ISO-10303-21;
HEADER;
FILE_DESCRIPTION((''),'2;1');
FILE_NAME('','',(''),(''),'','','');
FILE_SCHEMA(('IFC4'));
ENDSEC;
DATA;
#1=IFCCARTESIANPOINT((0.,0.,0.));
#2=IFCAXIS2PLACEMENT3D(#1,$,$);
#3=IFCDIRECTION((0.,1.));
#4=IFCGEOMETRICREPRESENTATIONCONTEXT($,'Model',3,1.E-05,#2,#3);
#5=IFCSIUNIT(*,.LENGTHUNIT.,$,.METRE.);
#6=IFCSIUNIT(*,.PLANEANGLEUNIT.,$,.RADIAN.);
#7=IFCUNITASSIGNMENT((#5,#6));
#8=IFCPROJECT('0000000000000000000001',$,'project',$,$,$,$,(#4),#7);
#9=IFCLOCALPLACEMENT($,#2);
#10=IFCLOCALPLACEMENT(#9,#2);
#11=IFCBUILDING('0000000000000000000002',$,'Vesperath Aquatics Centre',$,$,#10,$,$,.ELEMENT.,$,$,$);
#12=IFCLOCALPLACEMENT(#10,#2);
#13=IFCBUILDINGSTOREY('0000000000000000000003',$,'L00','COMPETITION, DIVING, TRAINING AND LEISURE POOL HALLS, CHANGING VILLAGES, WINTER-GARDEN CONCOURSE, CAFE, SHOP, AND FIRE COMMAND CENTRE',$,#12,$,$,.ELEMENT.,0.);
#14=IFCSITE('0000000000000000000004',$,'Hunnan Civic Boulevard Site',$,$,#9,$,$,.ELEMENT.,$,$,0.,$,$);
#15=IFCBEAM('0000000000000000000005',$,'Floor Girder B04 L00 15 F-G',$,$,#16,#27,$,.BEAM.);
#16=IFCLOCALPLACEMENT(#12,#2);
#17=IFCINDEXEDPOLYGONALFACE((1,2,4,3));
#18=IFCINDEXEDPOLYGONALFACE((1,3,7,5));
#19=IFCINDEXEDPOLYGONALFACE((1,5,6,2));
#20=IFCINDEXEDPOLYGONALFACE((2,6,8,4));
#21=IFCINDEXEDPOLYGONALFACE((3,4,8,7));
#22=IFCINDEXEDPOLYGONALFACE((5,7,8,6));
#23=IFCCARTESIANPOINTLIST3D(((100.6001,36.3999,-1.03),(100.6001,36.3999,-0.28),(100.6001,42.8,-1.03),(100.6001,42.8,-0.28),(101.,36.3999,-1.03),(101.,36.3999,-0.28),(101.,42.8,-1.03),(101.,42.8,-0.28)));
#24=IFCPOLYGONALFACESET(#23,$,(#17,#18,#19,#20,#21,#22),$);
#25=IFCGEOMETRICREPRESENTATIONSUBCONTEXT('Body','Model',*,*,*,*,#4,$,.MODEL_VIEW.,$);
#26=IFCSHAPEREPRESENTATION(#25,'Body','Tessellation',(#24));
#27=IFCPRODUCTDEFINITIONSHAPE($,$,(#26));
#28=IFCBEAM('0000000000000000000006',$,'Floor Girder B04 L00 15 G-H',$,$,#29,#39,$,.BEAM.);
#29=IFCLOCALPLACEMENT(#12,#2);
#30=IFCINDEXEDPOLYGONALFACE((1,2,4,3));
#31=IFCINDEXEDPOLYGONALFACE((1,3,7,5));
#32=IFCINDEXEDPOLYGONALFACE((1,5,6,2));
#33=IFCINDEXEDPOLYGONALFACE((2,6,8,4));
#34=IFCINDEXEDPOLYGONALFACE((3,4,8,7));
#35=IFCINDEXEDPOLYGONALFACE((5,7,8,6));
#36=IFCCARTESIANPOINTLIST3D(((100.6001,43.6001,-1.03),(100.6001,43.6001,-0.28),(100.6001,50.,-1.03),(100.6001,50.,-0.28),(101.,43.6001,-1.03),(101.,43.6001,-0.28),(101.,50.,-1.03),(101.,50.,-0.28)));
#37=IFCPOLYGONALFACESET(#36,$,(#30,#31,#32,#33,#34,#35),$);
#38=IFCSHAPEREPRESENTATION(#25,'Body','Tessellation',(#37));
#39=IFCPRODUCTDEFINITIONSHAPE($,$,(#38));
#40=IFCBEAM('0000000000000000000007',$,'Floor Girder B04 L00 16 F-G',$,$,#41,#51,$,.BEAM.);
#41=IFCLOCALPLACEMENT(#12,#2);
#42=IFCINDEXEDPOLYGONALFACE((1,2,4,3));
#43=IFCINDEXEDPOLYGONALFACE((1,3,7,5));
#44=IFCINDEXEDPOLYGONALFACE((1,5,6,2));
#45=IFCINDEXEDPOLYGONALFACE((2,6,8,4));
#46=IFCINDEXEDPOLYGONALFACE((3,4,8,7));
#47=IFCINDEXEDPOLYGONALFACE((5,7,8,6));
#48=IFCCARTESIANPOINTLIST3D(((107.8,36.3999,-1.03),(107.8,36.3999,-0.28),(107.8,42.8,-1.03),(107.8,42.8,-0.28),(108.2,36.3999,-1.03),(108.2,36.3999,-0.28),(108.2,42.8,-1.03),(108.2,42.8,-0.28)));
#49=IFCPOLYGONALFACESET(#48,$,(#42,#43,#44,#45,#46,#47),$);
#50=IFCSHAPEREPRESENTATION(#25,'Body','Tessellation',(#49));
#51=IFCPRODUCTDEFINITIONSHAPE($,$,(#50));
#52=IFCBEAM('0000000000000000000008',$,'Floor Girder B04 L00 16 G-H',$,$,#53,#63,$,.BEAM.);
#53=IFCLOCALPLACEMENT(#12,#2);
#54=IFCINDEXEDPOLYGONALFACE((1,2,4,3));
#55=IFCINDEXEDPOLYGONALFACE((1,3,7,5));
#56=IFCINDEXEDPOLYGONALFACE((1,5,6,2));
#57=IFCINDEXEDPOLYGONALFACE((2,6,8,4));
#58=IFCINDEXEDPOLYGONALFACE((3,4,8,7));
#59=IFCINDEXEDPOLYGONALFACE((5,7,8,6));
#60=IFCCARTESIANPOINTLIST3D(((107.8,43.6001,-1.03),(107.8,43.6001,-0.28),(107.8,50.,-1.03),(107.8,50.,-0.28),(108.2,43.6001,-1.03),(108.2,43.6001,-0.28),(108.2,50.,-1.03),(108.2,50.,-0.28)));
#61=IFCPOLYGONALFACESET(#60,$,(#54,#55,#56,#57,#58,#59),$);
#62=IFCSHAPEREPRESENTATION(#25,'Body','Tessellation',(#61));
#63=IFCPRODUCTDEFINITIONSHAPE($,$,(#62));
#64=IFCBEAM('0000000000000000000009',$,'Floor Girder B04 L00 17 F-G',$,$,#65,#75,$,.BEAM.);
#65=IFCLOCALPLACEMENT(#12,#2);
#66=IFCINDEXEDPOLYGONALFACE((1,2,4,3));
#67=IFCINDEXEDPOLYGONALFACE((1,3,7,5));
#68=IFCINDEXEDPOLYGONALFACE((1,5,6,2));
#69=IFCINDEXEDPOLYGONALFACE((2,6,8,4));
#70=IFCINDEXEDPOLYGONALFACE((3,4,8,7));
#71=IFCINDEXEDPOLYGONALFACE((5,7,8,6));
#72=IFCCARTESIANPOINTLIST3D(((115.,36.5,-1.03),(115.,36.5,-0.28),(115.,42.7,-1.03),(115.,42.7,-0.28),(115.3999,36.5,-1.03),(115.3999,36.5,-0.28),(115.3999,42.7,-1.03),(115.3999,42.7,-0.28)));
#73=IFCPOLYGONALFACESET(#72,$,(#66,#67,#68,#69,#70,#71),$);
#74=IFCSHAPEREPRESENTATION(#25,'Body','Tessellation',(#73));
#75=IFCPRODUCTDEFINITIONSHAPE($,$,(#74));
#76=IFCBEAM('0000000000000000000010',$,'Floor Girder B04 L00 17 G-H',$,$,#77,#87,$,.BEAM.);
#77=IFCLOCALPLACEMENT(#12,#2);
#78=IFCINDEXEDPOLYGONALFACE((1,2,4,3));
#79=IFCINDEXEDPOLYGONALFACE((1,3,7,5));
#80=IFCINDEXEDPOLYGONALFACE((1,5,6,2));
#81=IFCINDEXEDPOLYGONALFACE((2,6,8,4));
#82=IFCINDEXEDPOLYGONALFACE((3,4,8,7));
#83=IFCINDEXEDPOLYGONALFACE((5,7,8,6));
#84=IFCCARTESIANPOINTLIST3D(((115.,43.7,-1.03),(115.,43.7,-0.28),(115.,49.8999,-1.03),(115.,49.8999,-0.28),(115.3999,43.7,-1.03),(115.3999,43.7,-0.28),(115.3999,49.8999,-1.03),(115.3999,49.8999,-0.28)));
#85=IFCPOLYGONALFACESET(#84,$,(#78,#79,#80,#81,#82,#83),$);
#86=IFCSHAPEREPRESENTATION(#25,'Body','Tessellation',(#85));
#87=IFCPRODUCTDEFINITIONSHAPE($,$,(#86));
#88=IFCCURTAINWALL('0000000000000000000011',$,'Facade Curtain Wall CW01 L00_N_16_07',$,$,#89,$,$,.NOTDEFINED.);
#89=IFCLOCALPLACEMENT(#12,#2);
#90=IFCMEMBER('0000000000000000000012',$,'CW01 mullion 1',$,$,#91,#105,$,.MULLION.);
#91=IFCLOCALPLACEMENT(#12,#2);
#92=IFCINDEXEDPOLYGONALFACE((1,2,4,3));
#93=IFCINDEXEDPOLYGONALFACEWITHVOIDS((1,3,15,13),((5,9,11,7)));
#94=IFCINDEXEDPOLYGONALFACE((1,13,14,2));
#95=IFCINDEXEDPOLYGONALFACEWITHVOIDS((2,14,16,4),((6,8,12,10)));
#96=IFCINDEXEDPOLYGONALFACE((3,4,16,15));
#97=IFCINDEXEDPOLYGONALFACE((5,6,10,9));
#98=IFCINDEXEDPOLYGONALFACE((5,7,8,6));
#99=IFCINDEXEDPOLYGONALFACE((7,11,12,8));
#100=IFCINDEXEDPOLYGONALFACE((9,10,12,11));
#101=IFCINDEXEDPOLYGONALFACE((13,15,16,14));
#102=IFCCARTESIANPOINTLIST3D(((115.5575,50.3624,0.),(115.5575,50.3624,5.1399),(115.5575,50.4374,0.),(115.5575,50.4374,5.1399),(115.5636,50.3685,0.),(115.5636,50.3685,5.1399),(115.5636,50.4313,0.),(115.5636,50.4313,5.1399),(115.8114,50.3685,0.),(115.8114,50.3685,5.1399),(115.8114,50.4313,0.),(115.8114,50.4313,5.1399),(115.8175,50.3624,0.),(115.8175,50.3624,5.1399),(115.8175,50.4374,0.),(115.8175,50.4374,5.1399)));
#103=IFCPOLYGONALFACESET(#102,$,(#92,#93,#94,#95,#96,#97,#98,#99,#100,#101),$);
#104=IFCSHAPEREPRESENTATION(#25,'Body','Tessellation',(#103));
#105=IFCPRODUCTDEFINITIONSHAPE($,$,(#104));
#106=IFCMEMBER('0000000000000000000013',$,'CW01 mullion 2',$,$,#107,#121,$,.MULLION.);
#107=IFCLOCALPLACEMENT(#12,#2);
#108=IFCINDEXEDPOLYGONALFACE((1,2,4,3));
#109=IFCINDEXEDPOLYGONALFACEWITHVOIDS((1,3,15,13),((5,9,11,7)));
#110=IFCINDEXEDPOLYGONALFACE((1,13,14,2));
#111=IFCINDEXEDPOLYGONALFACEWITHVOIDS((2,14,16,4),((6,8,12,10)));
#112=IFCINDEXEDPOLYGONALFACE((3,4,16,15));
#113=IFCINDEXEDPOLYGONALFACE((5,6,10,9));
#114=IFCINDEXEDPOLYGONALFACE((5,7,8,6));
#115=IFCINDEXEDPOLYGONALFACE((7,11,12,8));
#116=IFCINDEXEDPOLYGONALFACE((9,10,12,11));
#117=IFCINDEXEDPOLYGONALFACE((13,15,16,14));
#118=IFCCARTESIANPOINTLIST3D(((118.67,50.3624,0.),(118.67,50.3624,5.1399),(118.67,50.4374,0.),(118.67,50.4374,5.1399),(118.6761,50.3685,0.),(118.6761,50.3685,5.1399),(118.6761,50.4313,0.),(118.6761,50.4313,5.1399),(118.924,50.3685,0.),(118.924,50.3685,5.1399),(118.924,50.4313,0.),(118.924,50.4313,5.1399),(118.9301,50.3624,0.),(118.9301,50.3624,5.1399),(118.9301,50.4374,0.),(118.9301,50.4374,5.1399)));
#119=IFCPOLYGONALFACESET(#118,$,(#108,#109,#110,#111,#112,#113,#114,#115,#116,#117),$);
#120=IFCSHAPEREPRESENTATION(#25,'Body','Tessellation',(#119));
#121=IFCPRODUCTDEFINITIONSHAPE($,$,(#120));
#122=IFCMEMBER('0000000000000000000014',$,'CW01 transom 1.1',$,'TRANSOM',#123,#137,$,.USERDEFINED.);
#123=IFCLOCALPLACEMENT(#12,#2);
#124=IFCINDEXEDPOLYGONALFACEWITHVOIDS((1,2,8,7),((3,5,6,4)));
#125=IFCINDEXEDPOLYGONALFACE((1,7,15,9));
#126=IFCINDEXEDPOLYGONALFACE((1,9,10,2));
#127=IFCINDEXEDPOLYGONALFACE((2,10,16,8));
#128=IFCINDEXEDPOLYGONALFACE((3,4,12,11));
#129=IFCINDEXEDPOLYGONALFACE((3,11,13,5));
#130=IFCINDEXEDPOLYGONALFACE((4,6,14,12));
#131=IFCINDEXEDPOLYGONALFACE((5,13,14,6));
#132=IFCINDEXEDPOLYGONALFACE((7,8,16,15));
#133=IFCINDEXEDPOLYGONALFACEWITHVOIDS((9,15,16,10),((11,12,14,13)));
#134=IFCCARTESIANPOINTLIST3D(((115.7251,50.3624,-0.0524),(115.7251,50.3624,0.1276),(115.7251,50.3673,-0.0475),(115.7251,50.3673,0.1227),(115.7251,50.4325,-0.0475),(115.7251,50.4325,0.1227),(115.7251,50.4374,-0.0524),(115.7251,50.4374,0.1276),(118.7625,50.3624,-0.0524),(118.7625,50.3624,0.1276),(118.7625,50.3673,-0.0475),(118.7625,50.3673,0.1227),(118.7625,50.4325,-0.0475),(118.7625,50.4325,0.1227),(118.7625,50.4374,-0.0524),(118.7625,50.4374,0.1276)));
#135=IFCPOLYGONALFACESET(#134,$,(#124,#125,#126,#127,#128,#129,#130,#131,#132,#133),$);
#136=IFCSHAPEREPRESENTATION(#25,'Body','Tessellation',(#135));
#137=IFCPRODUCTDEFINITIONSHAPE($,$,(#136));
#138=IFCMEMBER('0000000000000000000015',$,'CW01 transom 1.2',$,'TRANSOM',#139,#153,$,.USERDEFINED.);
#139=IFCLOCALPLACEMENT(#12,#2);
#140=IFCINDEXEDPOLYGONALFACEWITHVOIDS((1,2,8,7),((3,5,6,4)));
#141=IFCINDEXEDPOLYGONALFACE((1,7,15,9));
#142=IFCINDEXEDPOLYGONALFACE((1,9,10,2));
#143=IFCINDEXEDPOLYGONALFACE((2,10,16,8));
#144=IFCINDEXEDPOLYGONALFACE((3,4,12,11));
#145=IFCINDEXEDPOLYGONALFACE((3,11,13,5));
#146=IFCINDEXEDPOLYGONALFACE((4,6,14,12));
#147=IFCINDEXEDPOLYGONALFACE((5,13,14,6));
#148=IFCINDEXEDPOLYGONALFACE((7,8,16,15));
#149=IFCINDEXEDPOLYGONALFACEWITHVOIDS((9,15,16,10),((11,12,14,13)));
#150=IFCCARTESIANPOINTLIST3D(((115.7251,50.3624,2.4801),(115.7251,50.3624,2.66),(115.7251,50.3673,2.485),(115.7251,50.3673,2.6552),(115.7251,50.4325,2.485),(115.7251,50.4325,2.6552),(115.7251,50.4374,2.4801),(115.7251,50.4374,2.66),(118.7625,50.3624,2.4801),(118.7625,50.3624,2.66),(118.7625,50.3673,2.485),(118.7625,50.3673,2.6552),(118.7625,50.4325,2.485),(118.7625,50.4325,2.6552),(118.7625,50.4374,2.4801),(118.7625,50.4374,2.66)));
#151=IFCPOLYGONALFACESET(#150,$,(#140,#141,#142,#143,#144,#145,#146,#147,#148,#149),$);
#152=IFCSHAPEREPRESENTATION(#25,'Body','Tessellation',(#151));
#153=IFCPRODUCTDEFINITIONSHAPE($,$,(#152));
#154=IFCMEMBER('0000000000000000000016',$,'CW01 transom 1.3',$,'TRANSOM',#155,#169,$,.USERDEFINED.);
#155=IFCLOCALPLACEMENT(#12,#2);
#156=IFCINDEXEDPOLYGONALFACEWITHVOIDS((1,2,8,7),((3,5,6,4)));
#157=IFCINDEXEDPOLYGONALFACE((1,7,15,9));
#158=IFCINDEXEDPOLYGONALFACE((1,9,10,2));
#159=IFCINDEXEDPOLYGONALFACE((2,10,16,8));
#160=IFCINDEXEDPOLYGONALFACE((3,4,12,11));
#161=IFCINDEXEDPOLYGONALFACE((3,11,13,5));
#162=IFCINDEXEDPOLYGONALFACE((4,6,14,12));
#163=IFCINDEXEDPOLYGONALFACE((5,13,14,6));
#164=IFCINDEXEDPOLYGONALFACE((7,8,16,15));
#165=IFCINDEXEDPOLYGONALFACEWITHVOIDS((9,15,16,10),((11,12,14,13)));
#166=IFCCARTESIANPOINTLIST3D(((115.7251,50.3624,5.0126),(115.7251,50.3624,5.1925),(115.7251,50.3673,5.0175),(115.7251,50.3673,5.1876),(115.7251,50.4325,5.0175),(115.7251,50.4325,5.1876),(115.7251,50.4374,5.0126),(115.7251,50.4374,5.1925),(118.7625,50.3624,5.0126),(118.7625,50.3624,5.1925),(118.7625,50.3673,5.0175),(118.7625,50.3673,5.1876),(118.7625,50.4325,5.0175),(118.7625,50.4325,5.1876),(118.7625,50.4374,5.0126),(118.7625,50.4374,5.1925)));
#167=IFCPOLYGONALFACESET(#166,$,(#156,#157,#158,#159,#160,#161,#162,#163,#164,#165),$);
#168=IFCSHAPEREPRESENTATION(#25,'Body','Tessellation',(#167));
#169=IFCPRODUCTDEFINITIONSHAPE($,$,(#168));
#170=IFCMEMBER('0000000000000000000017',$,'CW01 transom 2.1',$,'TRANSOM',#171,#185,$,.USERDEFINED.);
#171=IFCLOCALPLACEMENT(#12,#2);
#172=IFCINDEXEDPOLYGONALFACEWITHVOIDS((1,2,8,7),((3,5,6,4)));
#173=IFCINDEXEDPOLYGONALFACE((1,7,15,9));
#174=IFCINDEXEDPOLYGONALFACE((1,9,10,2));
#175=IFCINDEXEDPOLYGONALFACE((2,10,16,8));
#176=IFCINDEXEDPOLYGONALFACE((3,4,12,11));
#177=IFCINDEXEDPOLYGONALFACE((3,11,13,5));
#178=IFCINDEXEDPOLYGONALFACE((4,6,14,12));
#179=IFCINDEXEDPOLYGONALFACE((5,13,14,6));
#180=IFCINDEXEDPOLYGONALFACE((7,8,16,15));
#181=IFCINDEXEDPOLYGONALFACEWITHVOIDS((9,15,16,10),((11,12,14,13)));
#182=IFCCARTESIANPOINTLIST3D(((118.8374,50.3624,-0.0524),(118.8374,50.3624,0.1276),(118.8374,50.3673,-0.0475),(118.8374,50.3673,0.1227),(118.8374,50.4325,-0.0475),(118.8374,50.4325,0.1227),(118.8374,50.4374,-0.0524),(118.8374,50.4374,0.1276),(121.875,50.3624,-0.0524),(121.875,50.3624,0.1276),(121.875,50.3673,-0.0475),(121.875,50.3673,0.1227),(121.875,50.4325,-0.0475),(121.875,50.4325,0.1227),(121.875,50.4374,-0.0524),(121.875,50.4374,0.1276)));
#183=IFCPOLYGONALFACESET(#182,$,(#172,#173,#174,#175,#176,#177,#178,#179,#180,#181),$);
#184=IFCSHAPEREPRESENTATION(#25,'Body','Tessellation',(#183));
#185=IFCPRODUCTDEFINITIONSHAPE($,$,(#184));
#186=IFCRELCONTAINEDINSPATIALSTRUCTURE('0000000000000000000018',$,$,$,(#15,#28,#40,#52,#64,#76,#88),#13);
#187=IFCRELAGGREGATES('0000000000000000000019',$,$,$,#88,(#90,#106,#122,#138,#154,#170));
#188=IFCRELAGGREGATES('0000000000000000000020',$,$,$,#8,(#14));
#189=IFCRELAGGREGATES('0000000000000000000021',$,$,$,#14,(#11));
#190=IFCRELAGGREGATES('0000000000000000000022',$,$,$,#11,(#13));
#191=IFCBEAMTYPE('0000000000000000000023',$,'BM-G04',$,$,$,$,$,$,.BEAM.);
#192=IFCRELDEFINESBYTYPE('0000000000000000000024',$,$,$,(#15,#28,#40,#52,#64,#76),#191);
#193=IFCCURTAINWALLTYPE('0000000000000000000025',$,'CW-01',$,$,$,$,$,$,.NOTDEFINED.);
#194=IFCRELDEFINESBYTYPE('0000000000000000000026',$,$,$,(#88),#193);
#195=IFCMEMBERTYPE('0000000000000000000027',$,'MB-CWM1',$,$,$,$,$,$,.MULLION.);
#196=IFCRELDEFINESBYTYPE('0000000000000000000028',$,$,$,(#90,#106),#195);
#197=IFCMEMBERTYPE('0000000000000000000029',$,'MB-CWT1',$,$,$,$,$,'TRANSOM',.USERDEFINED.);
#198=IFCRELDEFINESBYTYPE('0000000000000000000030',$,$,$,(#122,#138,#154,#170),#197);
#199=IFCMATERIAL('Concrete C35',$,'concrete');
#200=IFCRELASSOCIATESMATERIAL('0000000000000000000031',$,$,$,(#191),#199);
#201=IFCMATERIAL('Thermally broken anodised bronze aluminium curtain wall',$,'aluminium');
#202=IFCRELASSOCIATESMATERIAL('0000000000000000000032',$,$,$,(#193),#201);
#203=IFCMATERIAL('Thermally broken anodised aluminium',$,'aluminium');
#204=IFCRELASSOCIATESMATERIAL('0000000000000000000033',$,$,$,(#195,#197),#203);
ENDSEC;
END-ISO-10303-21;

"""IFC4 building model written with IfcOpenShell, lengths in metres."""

from ifc_helpers import new_model, si_unit, direction, frame, origin, origin_2d, place, context, subcontext, project, spatial, rectangle, hollow_rectangle, extrude, material, material_profile, profile_set, type_object, element, aggregate, save


model = new_model("IFC4")

# Units and contexts
model_context = context("Model", 3, precision=1e-05, world=origin(), true_north=direction((0.0, 1.0)))
body_context = subcontext(model_context, "Body", "Model", "MODEL_VIEW")
ifc_project = project(units=[si_unit("LENGTHUNIT", "METRE"), si_unit("PLANEANGLEUNIT", "RADIAN")], contexts=[model_context])

# Site, building, storey
site_placement = place(None, origin())
site = spatial("IfcSite", under=ifc_project, at=site_placement, Name="Hunnan Civic Boulevard Site", CompositionType="ELEMENT", RefElevation=0.0)
building_placement = place(site_placement, origin())
building = spatial("IfcBuilding", under=site, at=building_placement, Name="Vesperath Aquatics Centre", CompositionType="ELEMENT")
storey_placement = place(building_placement, origin())
storey = spatial("IfcBuildingStorey", under=building, at=storey_placement, Name="L00", Description="COMPETITION, DIVING, TRAINING AND LEISURE POOL HALLS, CHANGING VILLAGES, WINTER-GARDEN CONCOURSE, CAFE, SHOP, AND FIRE COMMAND CENTRE", CompositionType="ELEMENT", Elevation=0.0)

# Beams
ifc_material_1 = material(Name="Concrete C35", Category="concrete")
ifc_material_profile_1 = material_profile(ifc_material_1, rectangle(XDim=0.3999, YDim=0.75, at=origin_2d()), Name="RC 400x750")
ifc_profile_set_1 = profile_set([ifc_material_profile_1], Name="Concrete C35")
beam_type_1 = type_object("IfcBeamType", Name="BM-G04", PredefinedType="BEAM", material=ifc_profile_set_1)
beam_1_placement = place(storey_placement, frame((100.8, 36.3999, -0.655), z_axis=(0.0, 1.0, 0.0), x_axis=(-1.0, 0.0, 0.0)))
element("IfcBeam", 1, at=beam_1_placement, inside=storey, type_object=beam_type_1, Name="Floor Girder B04 L00 15 F-G", PredefinedType="BEAM", context=body_context, shape_type="SweptSolid", body=[
    extrude(rectangle(XDim=0.3999, YDim=0.75, at=origin_2d()), origin(), (0.0, 0.0, 1.0), 6.4001),
])
beam_2_placement = place(storey_placement, frame((100.8, 43.6001, -0.655), z_axis=(0.0, 1.0, 0.0), x_axis=(-1.0, 0.0, 0.0)))
element("IfcBeam", 2, at=beam_2_placement, inside=storey, type_object=beam_type_1, Name="Floor Girder B04 L00 15 G-H", PredefinedType="BEAM", context=body_context, shape_type="SweptSolid", body=[
    extrude(rectangle(XDim=0.3999, YDim=0.75, at=origin_2d()), origin(), (0.0, 0.0, 1.0), 6.3999),
])
beam_3_placement = place(storey_placement, frame((108.0, 36.3999, -0.655), z_axis=(0.0, 1.0, 0.0), x_axis=(-1.0, 0.0, 0.0)))
element("IfcBeam", 3, at=beam_3_placement, inside=storey, type_object=beam_type_1, Name="Floor Girder B04 L00 16 F-G", PredefinedType="BEAM", context=body_context, shape_type="SweptSolid", body=[
    extrude(rectangle(XDim=0.3999, YDim=0.75, at=origin_2d()), origin(), (0.0, 0.0, 1.0), 6.4001),
])
beam_4_placement = place(storey_placement, frame((108.0, 43.6001, -0.655), z_axis=(0.0, 1.0, 0.0), x_axis=(-1.0, 0.0, 0.0)))
element("IfcBeam", 4, at=beam_4_placement, inside=storey, type_object=beam_type_1, Name="Floor Girder B04 L00 16 G-H", PredefinedType="BEAM", context=body_context, shape_type="SweptSolid", body=[
    extrude(rectangle(XDim=0.3999, YDim=0.75, at=origin_2d()), origin(), (0.0, 0.0, 1.0), 6.3999),
])
for number, where, z_axis, x_axis, name in (
    (5, (115.2, 36.5, -0.655), (0.0, 1.0, 0.0), (-1.0, 0.0, 0.0), "Floor Girder B04 L00 17 F-G"),
    (6, (115.2, 43.7, -0.655), (0.0, 1.0, 0.0), (-1.0, 0.0, 0.0), "Floor Girder B04 L00 17 G-H"),
):
    element("IfcBeam", number, at=place(storey_placement, frame(where, z_axis=z_axis, x_axis=x_axis)), inside=storey, type_object=beam_type_1, Name=name, PredefinedType="BEAM", context=body_context, shape_type="SweptSolid", body=[
        extrude(rectangle(XDim=0.3999, YDim=0.75, at=origin_2d()), origin(), (0.0, 0.0, 1.0), 6.2),
    ])

# Curtain wall, members
ifc_material_2 = material(Name="Thermally broken anodised bronze aluminium curtain wall", Category="aluminium")
curtain_wall_type = type_object("IfcCurtainWallType", Name="CW-01", PredefinedType="NOTDEFINED", material=ifc_material_2)
curtain_wall_placement = place(storey_placement, origin())
curtain_wall = element("IfcCurtainWall", 7, at=curtain_wall_placement, inside=storey, type_object=curtain_wall_type, Name="Facade Curtain Wall CW01 L00_N_16_07", PredefinedType="NOTDEFINED")
ifc_material_3 = material(Name="Thermally broken anodised aluminium", Category="aluminium")
ifc_material_profile_2 = material_profile(ifc_material_3, hollow_rectangle(XDim=0.075, YDim=0.26, WallThickness=0.0061, at=origin_2d()), Name="CWM 75x260x6")
ifc_profile_set_2 = profile_set([ifc_material_profile_2], Name="Thermally broken anodised aluminium")
member_type_1 = type_object("IfcMemberType", Name="MB-CWM1", PredefinedType="MULLION", material=ifc_profile_set_2)
member_1_placement = place(storey_placement, frame((115.6875, 50.3999, 0.0), z_axis=(0.0, 0.0, 1.0), x_axis=(0.0, 1.0, 0.0)))
member_1 = element("IfcMember", 8, at=member_1_placement, type_object=member_type_1, Name="CW01 mullion 1", PredefinedType="MULLION", context=body_context, shape_type="SweptSolid", body=[
    extrude(hollow_rectangle(XDim=0.075, YDim=0.26, WallThickness=0.0061, at=origin_2d()), origin(), (0.0, 0.0, 1.0), 5.1399),
])
member_2_placement = place(storey_placement, frame((118.8, 50.3999, 0.0), z_axis=(0.0, 0.0, 1.0), x_axis=(0.0, 1.0, 0.0)))
member_2 = element("IfcMember", 9, at=member_2_placement, type_object=member_type_1, Name="CW01 mullion 2", PredefinedType="MULLION", context=body_context, shape_type="SweptSolid", body=[
    extrude(hollow_rectangle(XDim=0.075, YDim=0.26, WallThickness=0.0061, at=origin_2d()), origin(), (0.0, 0.0, 1.0), 5.1399),
])
ifc_material_profile_3 = material_profile(ifc_material_3, hollow_rectangle(XDim=0.075, YDim=0.1799, WallThickness=0.0049, at=origin_2d()), Name="CWT 75x180x5")
ifc_profile_set_3 = profile_set([ifc_material_profile_3], Name="Thermally broken anodised aluminium")
member_type_2 = type_object("IfcMemberType", Name="MB-CWT1", ElementType="TRANSOM", PredefinedType="USERDEFINED", material=ifc_profile_set_3)
member_3_placement = place(storey_placement, frame((115.7251, 50.3999, 0.0376), z_axis=(1.0, 0.0, 0.0), x_axis=(0.0, 1.0, 0.0)))
member_3 = element("IfcMember", 10, at=member_3_placement, type_object=member_type_2, Name="CW01 transom 1.1", ObjectType="TRANSOM", PredefinedType="USERDEFINED", context=body_context, shape_type="SweptSolid", body=[
    extrude(hollow_rectangle(XDim=0.075, YDim=0.1799, WallThickness=0.0049, at=origin_2d()), origin(), (0.0, 0.0, 1.0), 3.0374),
])
member_4_placement = place(storey_placement, frame((115.7251, 50.3999, 2.5701), z_axis=(1.0, 0.0, 0.0), x_axis=(0.0, 1.0, 0.0)))
member_4 = element("IfcMember", 11, at=member_4_placement, type_object=member_type_2, Name="CW01 transom 1.2", ObjectType="TRANSOM", PredefinedType="USERDEFINED", context=body_context, shape_type="SweptSolid", body=[
    extrude(hollow_rectangle(XDim=0.075, YDim=0.1799, WallThickness=0.0049, at=origin_2d()), origin(), (0.0, 0.0, 1.0), 3.0374),
])
member_5_placement = place(storey_placement, frame((115.7251, 50.3999, 5.1025), z_axis=(1.0, 0.0, 0.0), x_axis=(0.0, 1.0, 0.0)))
member_5 = element("IfcMember", 12, at=member_5_placement, type_object=member_type_2, Name="CW01 transom 1.3", ObjectType="TRANSOM", PredefinedType="USERDEFINED", context=body_context, shape_type="SweptSolid", body=[
    extrude(hollow_rectangle(XDim=0.075, YDim=0.1799, WallThickness=0.0049, at=origin_2d()), origin(), (0.0, 0.0, 1.0), 3.0374),
])
member_6_placement = place(storey_placement, frame((118.8374, 50.3999, 0.0376), z_axis=(1.0, 0.0, 0.0), x_axis=(0.0, 1.0, 0.0)))
member_6 = element("IfcMember", 13, at=member_6_placement, type_object=member_type_2, Name="CW01 transom 2.1", ObjectType="TRANSOM", PredefinedType="USERDEFINED", context=body_context, shape_type="SweptSolid", body=[
    extrude(hollow_rectangle(XDim=0.075, YDim=0.1799, WallThickness=0.0049, at=origin_2d()), origin(), (0.0, 0.0, 1.0), 3.0376),
])
aggregate(curtain_wall, [member_1, member_2, member_3, member_4, member_5, member_6])

save(model, "model.ifc")
